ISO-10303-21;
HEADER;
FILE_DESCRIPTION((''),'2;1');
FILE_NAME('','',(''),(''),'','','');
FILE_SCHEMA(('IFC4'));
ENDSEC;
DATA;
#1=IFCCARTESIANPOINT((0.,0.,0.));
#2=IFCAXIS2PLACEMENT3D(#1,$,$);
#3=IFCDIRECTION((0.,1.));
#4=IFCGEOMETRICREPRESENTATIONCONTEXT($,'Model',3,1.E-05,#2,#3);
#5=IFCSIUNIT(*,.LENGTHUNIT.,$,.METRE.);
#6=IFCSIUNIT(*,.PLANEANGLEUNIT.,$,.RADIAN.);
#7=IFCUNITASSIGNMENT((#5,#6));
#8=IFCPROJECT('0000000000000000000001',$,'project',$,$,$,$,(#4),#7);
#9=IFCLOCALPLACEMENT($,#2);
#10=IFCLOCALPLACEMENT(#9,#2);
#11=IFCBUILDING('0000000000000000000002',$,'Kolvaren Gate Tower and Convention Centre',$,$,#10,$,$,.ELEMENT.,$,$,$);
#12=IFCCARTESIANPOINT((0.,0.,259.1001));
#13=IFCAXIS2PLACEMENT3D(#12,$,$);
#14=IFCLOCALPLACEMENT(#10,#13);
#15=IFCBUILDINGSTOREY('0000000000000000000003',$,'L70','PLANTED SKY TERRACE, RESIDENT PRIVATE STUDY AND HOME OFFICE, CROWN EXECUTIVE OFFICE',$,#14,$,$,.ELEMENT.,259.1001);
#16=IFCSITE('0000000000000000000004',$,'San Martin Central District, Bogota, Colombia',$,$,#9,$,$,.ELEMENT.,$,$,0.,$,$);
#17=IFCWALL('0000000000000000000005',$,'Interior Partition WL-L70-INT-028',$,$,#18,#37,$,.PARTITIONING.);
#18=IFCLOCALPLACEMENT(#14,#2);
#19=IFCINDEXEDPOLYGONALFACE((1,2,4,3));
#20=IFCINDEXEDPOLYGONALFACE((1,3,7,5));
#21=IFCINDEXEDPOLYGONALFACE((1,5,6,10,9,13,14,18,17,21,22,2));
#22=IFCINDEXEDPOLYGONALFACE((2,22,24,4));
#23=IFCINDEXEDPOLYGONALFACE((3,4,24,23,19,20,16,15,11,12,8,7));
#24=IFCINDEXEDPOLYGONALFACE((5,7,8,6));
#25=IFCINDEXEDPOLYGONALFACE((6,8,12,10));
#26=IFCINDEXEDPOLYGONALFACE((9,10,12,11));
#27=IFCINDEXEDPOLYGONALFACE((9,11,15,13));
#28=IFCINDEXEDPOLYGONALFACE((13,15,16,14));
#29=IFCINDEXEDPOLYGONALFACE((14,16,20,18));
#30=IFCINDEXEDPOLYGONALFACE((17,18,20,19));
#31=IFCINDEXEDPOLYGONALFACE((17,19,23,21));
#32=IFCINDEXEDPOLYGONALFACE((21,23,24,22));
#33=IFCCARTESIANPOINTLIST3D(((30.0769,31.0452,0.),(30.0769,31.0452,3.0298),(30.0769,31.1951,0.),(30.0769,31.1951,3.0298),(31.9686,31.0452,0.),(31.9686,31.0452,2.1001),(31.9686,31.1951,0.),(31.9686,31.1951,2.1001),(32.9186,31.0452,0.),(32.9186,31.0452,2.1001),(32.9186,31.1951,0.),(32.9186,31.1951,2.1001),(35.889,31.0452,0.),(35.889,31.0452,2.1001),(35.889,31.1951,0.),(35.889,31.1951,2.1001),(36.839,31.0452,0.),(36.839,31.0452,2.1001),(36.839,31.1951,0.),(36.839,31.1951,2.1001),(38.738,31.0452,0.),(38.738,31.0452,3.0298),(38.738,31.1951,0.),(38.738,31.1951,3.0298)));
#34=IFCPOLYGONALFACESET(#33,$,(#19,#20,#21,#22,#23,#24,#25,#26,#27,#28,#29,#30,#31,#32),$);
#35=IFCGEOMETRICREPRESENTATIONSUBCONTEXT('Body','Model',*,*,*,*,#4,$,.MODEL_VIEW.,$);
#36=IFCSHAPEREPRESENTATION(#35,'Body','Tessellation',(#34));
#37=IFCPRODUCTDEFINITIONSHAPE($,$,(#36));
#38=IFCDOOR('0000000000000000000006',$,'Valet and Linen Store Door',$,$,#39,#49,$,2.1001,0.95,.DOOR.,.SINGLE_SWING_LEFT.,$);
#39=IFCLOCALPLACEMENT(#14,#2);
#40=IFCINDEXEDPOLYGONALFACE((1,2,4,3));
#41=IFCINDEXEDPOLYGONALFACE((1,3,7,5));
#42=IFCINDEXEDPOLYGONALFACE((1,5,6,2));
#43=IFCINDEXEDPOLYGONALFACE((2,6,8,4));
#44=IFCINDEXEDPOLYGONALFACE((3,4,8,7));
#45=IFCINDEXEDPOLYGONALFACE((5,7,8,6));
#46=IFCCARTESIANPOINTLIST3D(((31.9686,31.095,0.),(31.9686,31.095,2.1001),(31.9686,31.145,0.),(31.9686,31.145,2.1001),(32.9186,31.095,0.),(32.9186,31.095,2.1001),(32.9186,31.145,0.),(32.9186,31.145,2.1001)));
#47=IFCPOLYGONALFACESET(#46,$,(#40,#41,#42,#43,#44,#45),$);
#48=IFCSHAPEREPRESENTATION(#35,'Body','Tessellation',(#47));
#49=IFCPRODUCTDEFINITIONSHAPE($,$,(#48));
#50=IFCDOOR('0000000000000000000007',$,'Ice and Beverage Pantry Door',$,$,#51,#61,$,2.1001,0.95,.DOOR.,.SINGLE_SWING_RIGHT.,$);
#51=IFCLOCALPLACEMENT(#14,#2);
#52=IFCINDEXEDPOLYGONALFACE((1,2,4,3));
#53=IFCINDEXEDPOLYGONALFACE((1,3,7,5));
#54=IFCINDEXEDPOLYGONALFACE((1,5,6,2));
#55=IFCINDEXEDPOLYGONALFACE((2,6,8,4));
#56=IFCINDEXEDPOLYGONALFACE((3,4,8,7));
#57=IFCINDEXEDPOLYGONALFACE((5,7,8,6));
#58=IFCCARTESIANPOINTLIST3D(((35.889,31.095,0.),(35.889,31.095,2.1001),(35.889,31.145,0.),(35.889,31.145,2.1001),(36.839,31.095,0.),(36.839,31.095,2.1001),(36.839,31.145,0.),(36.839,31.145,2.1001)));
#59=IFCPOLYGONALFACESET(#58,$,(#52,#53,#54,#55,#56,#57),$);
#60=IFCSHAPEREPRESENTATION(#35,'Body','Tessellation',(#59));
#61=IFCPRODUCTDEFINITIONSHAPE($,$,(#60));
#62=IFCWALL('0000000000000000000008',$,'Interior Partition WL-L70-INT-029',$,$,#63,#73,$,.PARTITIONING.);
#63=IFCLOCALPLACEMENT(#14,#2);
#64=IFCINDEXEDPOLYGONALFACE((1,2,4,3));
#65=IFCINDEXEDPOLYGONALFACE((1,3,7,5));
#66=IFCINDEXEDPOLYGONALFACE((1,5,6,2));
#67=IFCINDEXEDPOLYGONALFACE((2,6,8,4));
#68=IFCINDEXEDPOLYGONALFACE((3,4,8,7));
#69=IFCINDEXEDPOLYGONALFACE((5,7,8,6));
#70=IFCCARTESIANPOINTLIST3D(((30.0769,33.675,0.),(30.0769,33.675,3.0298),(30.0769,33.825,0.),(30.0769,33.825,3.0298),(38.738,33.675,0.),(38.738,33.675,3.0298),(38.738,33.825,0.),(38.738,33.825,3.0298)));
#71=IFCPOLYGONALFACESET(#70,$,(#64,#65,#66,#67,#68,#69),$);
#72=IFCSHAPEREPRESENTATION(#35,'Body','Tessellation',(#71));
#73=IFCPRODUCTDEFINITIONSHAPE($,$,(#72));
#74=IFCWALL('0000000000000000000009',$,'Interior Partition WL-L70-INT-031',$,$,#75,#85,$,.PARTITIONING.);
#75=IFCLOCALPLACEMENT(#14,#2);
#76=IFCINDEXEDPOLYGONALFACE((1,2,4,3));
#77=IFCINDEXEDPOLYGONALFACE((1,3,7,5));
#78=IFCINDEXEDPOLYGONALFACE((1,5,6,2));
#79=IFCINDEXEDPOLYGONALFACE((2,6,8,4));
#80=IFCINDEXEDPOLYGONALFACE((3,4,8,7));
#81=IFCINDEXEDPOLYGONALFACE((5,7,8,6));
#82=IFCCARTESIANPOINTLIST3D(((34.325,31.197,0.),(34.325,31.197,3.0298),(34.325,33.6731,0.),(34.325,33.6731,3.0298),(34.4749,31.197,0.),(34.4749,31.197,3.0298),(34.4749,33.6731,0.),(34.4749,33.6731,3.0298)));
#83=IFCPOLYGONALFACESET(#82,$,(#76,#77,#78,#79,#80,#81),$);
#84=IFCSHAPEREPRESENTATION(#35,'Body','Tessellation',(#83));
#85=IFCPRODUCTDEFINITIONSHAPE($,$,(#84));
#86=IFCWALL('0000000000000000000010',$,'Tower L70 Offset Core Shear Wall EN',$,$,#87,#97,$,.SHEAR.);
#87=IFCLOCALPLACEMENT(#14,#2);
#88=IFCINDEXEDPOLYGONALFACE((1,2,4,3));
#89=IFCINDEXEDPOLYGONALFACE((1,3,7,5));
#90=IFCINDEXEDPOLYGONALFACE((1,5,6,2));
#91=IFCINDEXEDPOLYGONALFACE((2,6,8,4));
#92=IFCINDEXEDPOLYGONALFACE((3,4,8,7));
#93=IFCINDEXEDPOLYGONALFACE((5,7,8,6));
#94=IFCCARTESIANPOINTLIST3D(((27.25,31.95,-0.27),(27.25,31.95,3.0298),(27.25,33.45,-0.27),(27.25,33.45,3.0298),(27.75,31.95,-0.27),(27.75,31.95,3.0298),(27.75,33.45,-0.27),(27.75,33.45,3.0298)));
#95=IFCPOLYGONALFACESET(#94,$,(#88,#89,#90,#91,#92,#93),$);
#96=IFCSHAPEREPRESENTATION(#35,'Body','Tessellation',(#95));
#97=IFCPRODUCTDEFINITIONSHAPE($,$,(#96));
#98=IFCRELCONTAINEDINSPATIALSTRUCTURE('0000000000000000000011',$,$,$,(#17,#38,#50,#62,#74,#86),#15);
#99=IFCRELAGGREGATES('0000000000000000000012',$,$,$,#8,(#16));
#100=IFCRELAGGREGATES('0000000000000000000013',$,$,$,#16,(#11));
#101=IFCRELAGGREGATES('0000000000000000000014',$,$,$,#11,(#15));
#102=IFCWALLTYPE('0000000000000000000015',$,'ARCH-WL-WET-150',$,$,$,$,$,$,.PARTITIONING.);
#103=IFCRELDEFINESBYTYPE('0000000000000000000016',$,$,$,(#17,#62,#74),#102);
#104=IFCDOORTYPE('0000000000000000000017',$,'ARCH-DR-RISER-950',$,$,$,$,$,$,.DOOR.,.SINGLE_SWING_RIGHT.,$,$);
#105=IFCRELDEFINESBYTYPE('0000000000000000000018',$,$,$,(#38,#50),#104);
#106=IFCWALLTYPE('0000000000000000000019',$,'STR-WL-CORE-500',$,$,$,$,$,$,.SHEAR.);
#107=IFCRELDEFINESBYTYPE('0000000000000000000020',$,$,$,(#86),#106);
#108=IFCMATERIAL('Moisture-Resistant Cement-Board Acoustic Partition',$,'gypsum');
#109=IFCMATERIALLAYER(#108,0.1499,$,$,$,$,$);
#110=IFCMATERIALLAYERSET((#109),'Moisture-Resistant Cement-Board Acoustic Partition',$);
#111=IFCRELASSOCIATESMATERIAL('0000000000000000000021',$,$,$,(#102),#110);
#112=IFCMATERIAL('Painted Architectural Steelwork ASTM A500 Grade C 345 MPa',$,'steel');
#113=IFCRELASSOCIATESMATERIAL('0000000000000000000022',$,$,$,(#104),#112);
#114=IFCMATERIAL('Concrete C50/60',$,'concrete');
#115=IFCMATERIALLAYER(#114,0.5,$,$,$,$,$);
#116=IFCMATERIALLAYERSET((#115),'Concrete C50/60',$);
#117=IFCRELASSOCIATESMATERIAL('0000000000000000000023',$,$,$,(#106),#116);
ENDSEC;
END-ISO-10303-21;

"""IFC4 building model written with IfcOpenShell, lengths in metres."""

from ifc_helpers import new_model, si_unit, direction, frame, frame_2d, origin, place, context, subcontext, project, spatial, rectangle, extrude, material, layer, layer_set, type_object, element, fill, save


model = new_model("IFC4")

# Units and contexts
model_context = context("Model", 3, precision=1e-05, world=origin(), true_north=direction((0.0, 1.0)))
body_context = subcontext(model_context, "Body", "Model", "MODEL_VIEW")
ifc_project = project(units=[si_unit("LENGTHUNIT", "METRE"), si_unit("PLANEANGLEUNIT", "RADIAN")], contexts=[model_context])

# Site, building, storey
site_placement = place(None, origin())
site = spatial("IfcSite", under=ifc_project, at=site_placement, Name="San Martin Central District, Bogota, Colombia", CompositionType="ELEMENT", RefElevation=0.0)
building_placement = place(site_placement, origin())
building = spatial("IfcBuilding", under=site, at=building_placement, Name="Kolvaren Gate Tower and Convention Centre", CompositionType="ELEMENT")
storey_placement = place(building_placement, frame((0.0, 0.0, 259.1001)))
storey = spatial("IfcBuildingStorey", under=building, at=storey_placement, Name="L70", Description="PLANTED SKY TERRACE, RESIDENT PRIVATE STUDY AND HOME OFFICE, CROWN EXECUTIVE OFFICE", CompositionType="ELEMENT", Elevation=259.1001)

# Shared definitions
ifc_material_1 = material(Name="Moisture-Resistant Cement-Board Acoustic Partition", Category="gypsum")
ifc_layer_1 = layer(ifc_material_1, 0.1499)
ifc_layer_set_1 = layer_set([ifc_layer_1], Name="Moisture-Resistant Cement-Board Acoustic Partition")
wall_type_1 = type_object("IfcWallType", Name="ARCH-WL-WET-150", PredefinedType="PARTITIONING", material=ifc_layer_set_1)
ifc_material_2 = material(Name="Painted Architectural Steelwork ASTM A500 Grade C 345 MPa", Category="steel")
door_type = type_object("IfcDoorType", Name="ARCH-DR-RISER-950", OperationType="SINGLE_SWING_RIGHT", PredefinedType="DOOR", material=ifc_material_2)

# Wall, openings, doors
wall_1_placement = place(storey_placement, frame((30.0769, 31.1201, 0.0), z_axis=(0.0, 0.0, 1.0), x_axis=(1.0, 0.0, 0.0)))
wall_1 = element("IfcWall", 1, at=wall_1_placement, inside=storey, type_object=wall_type_1, Name="Interior Partition WL-L70-INT-028", PredefinedType="PARTITIONING", context=body_context, shape_type="SweptSolid", body=[
    extrude(rectangle(XDim=8.6611, YDim=0.1499, at=frame_2d((4.3306, 0.0))), origin(), (0.0, 0.0, 1.0), 3.0298),
])
opening_1_placement = place(wall_1_placement, frame((1.8916, 0.0, 0.0)))
opening_1 = element("IfcOpeningElement", 2, at=opening_1_placement, cuts=wall_1, PredefinedType="OPENING", context=body_context, shape_type="SweptSolid", body=[
    extrude(rectangle(XDim=0.95, YDim=2.1001, at=frame_2d((0.4751, 1.05))), frame((0.0, 0.085, 0.0), z_axis=(0.0, -1.0, 0.0), x_axis=(1.0, 0.0, 0.0)), (0.0, 0.0, 1.0), 0.1699),
])
opening_2_placement = place(wall_1_placement, frame((5.812, 0.0, 0.0)))
opening_2 = element("IfcOpeningElement", 3, at=opening_2_placement, cuts=wall_1, PredefinedType="OPENING", context=body_context, shape_type="SweptSolid", body=[
    extrude(rectangle(XDim=0.95, YDim=2.1001, at=frame_2d((0.4751, 1.05))), frame((0.0, 0.085, 0.0), z_axis=(0.0, -1.0, 0.0), x_axis=(1.0, 0.0, 0.0)), (0.0, 0.0, 1.0), 0.1699),
])
door_1_placement = place(opening_1_placement, origin())
door_1 = element("IfcDoor", 4, at=door_1_placement, inside=storey, type_object=door_type, Name="Valet and Linen Store Door", OperationType="SINGLE_SWING_LEFT", OverallHeight=2.1001, OverallWidth=0.95, PredefinedType="DOOR", context=body_context, shape_type="SweptSolid", body=[
    extrude(rectangle(XDim=0.95, YDim=2.1001, at=frame_2d((0.4751, 1.05))), frame((0.0, 0.0249, 0.0), z_axis=(0.0, -1.0, 0.0), x_axis=(1.0, 0.0, 0.0)), (0.0, 0.0, 1.0), 0.05),
])
fill(opening_1, door_1)
door_2_placement = place(opening_2_placement, origin())
door_2 = element("IfcDoor", 5, at=door_2_placement, inside=storey, type_object=door_type, Name="Ice and Beverage Pantry Door", OperationType="SINGLE_SWING_RIGHT", OverallHeight=2.1001, OverallWidth=0.95, PredefinedType="DOOR", context=body_context, shape_type="SweptSolid", body=[
    extrude(rectangle(XDim=0.95, YDim=2.1001, at=frame_2d((0.4751, 1.05))), frame((0.0, 0.0249, 0.0), z_axis=(0.0, -1.0, 0.0), x_axis=(1.0, 0.0, 0.0)), (0.0, 0.0, 1.0), 0.05),
])
fill(opening_2, door_2)

# Walls
wall_2_placement = place(storey_placement, frame((30.0769, 33.75, 0.0), z_axis=(0.0, 0.0, 1.0), x_axis=(1.0, 0.0, 0.0)))
element("IfcWall", 6, at=wall_2_placement, inside=storey, type_object=wall_type_1, Name="Interior Partition WL-L70-INT-029", PredefinedType="PARTITIONING", context=body_context, shape_type="SweptSolid", body=[
    extrude(rectangle(XDim=8.6611, YDim=0.1499, at=frame_2d((4.3306, 0.0))), origin(), (0.0, 0.0, 1.0), 3.0298),
])
wall_3_placement = place(storey_placement, frame((34.3999, 31.197, 0.0), z_axis=(0.0, 0.0, 1.0), x_axis=(0.0, 1.0, 0.0)))
element("IfcWall", 7, at=wall_3_placement, inside=storey, type_object=wall_type_1, Name="Interior Partition WL-L70-INT-031", PredefinedType="PARTITIONING", context=body_context, shape_type="SweptSolid", body=[
    extrude(rectangle(XDim=2.4761, YDim=0.1499, at=frame_2d((1.238, 0.0))), origin(), (0.0, 0.0, 1.0), 3.0298),
])
ifc_material_3 = material(Name="Concrete C50/60", Category="concrete")
ifc_layer_2 = layer(ifc_material_3, 0.5)
ifc_layer_set_2 = layer_set([ifc_layer_2], Name="Concrete C50/60")
wall_type_2 = type_object("IfcWallType", Name="STR-WL-CORE-500", PredefinedType="SHEAR", material=ifc_layer_set_2)
wall_4_placement = place(storey_placement, frame((27.5, 31.95, -0.27), z_axis=(0.0, 0.0, 1.0), x_axis=(0.0, 1.0, 0.0)))
element("IfcWall", 8, at=wall_4_placement, inside=storey, type_object=wall_type_2, Name="Tower L70 Offset Core Shear Wall EN", PredefinedType="SHEAR", context=body_context, shape_type="SweptSolid", body=[
    extrude(rectangle(XDim=1.5, YDim=0.5, at=frame_2d((0.75, 0.0))), origin(), (0.0, 0.0, 1.0), 3.2998),
])

save(model, "model.ifc")
